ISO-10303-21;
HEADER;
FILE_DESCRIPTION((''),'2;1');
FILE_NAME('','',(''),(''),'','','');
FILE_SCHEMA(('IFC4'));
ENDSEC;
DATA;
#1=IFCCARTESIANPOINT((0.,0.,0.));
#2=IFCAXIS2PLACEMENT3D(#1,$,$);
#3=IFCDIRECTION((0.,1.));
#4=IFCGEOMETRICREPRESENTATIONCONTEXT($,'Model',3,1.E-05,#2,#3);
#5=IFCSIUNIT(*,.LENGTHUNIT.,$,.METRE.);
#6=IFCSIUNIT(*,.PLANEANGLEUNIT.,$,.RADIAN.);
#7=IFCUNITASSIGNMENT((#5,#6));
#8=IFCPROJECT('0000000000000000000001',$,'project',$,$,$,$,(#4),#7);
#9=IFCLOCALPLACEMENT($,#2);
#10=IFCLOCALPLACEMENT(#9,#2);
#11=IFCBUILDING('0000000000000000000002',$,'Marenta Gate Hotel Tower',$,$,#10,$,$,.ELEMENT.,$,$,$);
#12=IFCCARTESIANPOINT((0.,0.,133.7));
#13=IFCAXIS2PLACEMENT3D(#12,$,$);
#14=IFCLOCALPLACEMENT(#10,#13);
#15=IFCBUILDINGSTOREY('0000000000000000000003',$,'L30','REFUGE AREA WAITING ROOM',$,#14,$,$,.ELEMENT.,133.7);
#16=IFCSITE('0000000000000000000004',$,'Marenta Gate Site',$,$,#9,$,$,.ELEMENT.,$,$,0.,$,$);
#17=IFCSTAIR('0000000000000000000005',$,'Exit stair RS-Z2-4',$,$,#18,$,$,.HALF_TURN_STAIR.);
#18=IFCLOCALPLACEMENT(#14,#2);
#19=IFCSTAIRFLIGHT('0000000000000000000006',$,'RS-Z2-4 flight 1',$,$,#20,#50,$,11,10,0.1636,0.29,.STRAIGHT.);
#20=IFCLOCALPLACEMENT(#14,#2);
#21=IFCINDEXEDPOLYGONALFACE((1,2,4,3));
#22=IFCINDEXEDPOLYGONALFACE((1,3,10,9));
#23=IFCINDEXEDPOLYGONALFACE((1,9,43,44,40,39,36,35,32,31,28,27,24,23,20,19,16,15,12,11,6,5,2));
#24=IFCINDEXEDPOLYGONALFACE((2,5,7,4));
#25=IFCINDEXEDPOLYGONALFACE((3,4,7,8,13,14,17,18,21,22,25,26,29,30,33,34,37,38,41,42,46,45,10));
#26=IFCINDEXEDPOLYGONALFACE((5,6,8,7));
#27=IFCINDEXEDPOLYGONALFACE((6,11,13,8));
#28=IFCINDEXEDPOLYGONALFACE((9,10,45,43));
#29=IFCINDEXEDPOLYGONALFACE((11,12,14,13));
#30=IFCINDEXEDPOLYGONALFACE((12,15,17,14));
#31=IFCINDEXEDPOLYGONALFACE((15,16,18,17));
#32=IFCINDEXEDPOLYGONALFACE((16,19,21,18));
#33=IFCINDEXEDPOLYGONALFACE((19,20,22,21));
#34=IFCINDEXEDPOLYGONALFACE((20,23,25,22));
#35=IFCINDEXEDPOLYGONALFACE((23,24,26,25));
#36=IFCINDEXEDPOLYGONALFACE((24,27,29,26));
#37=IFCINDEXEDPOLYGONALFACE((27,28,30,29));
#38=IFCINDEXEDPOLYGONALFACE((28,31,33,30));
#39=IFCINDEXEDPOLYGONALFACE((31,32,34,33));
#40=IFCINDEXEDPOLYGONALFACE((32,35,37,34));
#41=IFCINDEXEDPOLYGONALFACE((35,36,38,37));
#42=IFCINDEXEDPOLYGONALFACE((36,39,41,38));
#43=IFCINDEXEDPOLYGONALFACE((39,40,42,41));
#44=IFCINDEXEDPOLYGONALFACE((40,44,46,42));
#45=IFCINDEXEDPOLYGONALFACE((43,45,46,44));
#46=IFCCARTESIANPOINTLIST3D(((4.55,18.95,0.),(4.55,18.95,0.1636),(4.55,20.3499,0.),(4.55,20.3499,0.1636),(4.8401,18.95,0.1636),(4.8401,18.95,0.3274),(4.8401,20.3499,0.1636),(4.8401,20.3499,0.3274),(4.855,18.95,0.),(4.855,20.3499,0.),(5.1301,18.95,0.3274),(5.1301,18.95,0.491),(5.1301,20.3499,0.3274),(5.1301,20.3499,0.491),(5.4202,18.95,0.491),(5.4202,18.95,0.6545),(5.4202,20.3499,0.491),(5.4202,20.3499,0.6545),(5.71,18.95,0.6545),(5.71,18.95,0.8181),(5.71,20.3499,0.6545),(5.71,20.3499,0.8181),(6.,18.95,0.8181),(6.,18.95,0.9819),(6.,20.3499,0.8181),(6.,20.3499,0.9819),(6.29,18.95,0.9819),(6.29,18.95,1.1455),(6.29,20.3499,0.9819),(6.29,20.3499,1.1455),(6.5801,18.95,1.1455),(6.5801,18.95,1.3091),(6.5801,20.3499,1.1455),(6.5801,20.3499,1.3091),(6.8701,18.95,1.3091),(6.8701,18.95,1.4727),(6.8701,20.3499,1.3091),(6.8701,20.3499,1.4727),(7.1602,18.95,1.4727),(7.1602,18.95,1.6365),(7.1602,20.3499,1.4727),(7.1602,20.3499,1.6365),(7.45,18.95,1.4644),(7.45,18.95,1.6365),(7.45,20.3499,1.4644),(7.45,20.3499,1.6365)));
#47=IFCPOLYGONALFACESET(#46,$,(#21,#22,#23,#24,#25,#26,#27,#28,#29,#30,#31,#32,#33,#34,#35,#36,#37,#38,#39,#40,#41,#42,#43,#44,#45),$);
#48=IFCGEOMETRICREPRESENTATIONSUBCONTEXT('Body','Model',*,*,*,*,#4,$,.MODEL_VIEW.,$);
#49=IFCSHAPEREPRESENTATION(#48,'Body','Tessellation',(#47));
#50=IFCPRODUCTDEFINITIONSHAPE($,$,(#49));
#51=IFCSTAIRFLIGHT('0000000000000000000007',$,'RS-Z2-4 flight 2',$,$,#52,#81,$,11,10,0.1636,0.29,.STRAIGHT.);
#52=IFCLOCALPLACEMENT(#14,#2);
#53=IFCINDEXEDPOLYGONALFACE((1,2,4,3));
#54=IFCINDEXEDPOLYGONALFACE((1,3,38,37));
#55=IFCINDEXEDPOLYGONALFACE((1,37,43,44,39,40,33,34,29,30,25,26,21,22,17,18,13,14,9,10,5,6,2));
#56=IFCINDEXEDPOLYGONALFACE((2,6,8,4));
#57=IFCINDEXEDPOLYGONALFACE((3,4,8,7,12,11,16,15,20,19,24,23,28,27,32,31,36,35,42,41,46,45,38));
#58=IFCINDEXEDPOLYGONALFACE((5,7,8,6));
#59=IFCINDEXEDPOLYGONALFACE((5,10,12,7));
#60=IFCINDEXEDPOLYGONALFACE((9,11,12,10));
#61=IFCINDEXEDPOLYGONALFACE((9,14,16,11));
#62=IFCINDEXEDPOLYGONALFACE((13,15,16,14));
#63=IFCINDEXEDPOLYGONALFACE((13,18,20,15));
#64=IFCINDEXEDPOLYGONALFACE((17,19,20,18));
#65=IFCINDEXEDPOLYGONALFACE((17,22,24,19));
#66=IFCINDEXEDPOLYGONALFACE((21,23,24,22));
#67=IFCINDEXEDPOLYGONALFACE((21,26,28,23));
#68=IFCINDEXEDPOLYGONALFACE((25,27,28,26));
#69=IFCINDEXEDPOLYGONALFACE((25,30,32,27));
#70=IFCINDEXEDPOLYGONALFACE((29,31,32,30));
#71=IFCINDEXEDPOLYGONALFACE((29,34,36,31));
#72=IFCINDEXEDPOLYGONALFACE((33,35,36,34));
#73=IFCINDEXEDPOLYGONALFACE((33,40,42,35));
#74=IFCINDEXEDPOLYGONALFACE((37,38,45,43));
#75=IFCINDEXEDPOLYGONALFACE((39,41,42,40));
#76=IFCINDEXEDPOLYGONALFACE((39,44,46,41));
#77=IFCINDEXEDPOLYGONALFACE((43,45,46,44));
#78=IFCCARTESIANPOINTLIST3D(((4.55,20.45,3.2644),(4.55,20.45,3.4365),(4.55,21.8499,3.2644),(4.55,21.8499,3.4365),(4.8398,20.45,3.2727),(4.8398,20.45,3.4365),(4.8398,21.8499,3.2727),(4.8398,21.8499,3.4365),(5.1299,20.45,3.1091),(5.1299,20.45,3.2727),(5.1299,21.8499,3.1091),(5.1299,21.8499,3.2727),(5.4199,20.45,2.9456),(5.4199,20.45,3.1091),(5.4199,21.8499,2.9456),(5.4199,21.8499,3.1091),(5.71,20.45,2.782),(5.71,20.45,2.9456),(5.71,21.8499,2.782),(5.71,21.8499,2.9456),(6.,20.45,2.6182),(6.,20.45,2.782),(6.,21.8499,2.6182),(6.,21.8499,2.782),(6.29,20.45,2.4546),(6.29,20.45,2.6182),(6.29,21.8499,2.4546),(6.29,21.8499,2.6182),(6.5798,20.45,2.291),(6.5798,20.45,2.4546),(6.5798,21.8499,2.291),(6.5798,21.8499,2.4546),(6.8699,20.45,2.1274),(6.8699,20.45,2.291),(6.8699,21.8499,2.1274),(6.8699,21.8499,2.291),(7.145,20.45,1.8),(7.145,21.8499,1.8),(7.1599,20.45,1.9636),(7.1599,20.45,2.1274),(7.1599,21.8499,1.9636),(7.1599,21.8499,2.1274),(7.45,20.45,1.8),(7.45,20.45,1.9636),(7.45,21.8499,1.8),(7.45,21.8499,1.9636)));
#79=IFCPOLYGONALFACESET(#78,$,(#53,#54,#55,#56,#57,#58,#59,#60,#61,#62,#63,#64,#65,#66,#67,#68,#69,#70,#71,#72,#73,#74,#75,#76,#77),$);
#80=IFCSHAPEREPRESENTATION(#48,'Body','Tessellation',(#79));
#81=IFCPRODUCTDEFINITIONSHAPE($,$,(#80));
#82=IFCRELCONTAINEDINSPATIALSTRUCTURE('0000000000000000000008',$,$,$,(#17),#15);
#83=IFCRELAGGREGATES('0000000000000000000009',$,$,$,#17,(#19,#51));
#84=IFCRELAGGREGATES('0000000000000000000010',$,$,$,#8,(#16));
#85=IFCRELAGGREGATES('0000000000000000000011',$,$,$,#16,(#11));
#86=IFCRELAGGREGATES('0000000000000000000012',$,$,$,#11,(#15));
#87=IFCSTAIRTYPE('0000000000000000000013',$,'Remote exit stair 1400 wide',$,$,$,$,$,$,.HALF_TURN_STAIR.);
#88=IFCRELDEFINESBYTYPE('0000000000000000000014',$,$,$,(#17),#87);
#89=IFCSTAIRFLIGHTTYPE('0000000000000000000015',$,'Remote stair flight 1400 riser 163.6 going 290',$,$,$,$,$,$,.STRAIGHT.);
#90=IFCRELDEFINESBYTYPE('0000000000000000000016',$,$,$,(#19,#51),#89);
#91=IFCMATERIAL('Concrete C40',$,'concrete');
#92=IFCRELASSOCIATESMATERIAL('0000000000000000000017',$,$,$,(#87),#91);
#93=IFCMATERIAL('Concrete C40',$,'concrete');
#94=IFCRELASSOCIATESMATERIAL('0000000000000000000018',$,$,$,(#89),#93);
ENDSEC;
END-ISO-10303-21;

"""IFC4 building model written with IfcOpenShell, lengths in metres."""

from ifc_helpers import new_model, si_unit, direction, frame, origin, place, context, subcontext, project, spatial, polyline, outline, extrude, material, type_object, element, aggregate, save


model = new_model("IFC4")

# Units and contexts
model_context = context("Model", 3, precision=1e-05, world=origin(), true_north=direction((0.0, 1.0)))
body_context = subcontext(model_context, "Body", "Model", "MODEL_VIEW")
ifc_project = project(units=[si_unit("LENGTHUNIT", "METRE"), si_unit("PLANEANGLEUNIT", "RADIAN")], contexts=[model_context])

# Site, building, storey
site_placement = place(None, origin())
site = spatial("IfcSite", under=ifc_project, at=site_placement, Name="Marenta Gate Site", CompositionType="ELEMENT", RefElevation=0.0)
building_placement = place(site_placement, origin())
building = spatial("IfcBuilding", under=site, at=building_placement, Name="Marenta Gate Hotel Tower", CompositionType="ELEMENT")
storey_placement = place(building_placement, frame((0.0, 0.0, 133.7)))
storey = spatial("IfcBuildingStorey", under=building, at=storey_placement, Name="L30", Description="REFUGE AREA WAITING ROOM", CompositionType="ELEMENT", Elevation=133.7)

# Stair, stair flights
ifc_material_1 = material(Name="Concrete C40", Category="concrete")
stair_type = type_object("IfcStairType", Name="Remote exit stair 1400 wide", PredefinedType="HALF_TURN_STAIR", material=ifc_material_1)
stair_placement = place(storey_placement, origin())
stair = element("IfcStair", 1, at=stair_placement, inside=storey, type_object=stair_type, Name="Exit stair RS-Z2-4", PredefinedType="HALF_TURN_STAIR")
ifc_material_2 = material(Name="Concrete C40", Category="concrete")
stair_flight_type = type_object("IfcStairFlightType", Name="Remote stair flight 1400 riser 163.6 going 290", PredefinedType="STRAIGHT", material=ifc_material_2)
stair_flight_1_placement = place(storey_placement, frame((4.55, 19.6499, 0.0), z_axis=(0.0, 0.0, 1.0), x_axis=(1.0, 0.0, 0.0)))
stair_flight_1 = element("IfcStairFlight", 2, at=stair_flight_1_placement, type_object=stair_flight_type, Name="RS-Z2-4 flight 1", NumberOfRisers=11, NumberOfTreads=10, PredefinedType="STRAIGHT", RiserHeight=0.1636, TreadLength=0.29, context=body_context, shape_type="SweptSolid", body=[
    extrude(outline(polyline([(0.0, 0.0), (0.0, 0.1636), (0.29, 0.1636), (0.29, 0.3274), (0.5801, 0.3274), (0.5801, 0.491), (0.8701, 0.491), (0.8701, 0.6545), (1.1599, 0.6545), (1.1599, 0.8181), (1.45, 0.8181), (1.45, 0.9819), (1.74, 0.9819), (1.74, 1.1455), (2.03, 1.1455), (2.03, 1.3091), (2.3201, 1.3091), (2.3201, 1.4727), (2.6101, 1.4727), (2.6101, 1.6365), (2.8999, 1.6365), (2.8999, 1.8), (2.8999, 1.4644), (0.3049, 0.0), (0.0, 0.0)])), frame((0.0, 0.7, 0.0), z_axis=(0.0, -1.0, 0.0), x_axis=(1.0, 0.0, 0.0)), (0.0, 0.0, 1.0), 1.3999),
])
stair_flight_2_placement = place(storey_placement, frame((7.45, 21.1499, 1.8), z_axis=(0.0, 0.0, 1.0), x_axis=(-1.0, 0.0, 0.0)))
stair_flight_2 = element("IfcStairFlight", 3, at=stair_flight_2_placement, type_object=stair_flight_type, Name="RS-Z2-4 flight 2", NumberOfRisers=11, NumberOfTreads=10, PredefinedType="STRAIGHT", RiserHeight=0.1636, TreadLength=0.29, context=body_context, shape_type="SweptSolid", body=[
    extrude(outline(polyline([(0.0, 0.0), (0.0, 0.1636), (0.29, 0.1636), (0.29, 0.3274), (0.5801, 0.3274), (0.5801, 0.491), (0.8701, 0.491), (0.8701, 0.6545), (1.1599, 0.6545), (1.1599, 0.8181), (1.45, 0.8181), (1.45, 0.9819), (1.74, 0.9819), (1.74, 1.1455), (2.03, 1.1455), (2.03, 1.3091), (2.3201, 1.3091), (2.3201, 1.4727), (2.6101, 1.4727), (2.6101, 1.6365), (2.8999, 1.6365), (2.8999, 1.8), (2.8999, 1.4644), (0.3049, 0.0), (0.0, 0.0)])), frame((0.0, 0.7, 0.0), z_axis=(0.0, -1.0, 0.0), x_axis=(1.0, 0.0, 0.0)), (0.0, 0.0, 1.0), 1.3999),
])
aggregate(stair, [stair_flight_1, stair_flight_2])

save(model, "model.ifc")
